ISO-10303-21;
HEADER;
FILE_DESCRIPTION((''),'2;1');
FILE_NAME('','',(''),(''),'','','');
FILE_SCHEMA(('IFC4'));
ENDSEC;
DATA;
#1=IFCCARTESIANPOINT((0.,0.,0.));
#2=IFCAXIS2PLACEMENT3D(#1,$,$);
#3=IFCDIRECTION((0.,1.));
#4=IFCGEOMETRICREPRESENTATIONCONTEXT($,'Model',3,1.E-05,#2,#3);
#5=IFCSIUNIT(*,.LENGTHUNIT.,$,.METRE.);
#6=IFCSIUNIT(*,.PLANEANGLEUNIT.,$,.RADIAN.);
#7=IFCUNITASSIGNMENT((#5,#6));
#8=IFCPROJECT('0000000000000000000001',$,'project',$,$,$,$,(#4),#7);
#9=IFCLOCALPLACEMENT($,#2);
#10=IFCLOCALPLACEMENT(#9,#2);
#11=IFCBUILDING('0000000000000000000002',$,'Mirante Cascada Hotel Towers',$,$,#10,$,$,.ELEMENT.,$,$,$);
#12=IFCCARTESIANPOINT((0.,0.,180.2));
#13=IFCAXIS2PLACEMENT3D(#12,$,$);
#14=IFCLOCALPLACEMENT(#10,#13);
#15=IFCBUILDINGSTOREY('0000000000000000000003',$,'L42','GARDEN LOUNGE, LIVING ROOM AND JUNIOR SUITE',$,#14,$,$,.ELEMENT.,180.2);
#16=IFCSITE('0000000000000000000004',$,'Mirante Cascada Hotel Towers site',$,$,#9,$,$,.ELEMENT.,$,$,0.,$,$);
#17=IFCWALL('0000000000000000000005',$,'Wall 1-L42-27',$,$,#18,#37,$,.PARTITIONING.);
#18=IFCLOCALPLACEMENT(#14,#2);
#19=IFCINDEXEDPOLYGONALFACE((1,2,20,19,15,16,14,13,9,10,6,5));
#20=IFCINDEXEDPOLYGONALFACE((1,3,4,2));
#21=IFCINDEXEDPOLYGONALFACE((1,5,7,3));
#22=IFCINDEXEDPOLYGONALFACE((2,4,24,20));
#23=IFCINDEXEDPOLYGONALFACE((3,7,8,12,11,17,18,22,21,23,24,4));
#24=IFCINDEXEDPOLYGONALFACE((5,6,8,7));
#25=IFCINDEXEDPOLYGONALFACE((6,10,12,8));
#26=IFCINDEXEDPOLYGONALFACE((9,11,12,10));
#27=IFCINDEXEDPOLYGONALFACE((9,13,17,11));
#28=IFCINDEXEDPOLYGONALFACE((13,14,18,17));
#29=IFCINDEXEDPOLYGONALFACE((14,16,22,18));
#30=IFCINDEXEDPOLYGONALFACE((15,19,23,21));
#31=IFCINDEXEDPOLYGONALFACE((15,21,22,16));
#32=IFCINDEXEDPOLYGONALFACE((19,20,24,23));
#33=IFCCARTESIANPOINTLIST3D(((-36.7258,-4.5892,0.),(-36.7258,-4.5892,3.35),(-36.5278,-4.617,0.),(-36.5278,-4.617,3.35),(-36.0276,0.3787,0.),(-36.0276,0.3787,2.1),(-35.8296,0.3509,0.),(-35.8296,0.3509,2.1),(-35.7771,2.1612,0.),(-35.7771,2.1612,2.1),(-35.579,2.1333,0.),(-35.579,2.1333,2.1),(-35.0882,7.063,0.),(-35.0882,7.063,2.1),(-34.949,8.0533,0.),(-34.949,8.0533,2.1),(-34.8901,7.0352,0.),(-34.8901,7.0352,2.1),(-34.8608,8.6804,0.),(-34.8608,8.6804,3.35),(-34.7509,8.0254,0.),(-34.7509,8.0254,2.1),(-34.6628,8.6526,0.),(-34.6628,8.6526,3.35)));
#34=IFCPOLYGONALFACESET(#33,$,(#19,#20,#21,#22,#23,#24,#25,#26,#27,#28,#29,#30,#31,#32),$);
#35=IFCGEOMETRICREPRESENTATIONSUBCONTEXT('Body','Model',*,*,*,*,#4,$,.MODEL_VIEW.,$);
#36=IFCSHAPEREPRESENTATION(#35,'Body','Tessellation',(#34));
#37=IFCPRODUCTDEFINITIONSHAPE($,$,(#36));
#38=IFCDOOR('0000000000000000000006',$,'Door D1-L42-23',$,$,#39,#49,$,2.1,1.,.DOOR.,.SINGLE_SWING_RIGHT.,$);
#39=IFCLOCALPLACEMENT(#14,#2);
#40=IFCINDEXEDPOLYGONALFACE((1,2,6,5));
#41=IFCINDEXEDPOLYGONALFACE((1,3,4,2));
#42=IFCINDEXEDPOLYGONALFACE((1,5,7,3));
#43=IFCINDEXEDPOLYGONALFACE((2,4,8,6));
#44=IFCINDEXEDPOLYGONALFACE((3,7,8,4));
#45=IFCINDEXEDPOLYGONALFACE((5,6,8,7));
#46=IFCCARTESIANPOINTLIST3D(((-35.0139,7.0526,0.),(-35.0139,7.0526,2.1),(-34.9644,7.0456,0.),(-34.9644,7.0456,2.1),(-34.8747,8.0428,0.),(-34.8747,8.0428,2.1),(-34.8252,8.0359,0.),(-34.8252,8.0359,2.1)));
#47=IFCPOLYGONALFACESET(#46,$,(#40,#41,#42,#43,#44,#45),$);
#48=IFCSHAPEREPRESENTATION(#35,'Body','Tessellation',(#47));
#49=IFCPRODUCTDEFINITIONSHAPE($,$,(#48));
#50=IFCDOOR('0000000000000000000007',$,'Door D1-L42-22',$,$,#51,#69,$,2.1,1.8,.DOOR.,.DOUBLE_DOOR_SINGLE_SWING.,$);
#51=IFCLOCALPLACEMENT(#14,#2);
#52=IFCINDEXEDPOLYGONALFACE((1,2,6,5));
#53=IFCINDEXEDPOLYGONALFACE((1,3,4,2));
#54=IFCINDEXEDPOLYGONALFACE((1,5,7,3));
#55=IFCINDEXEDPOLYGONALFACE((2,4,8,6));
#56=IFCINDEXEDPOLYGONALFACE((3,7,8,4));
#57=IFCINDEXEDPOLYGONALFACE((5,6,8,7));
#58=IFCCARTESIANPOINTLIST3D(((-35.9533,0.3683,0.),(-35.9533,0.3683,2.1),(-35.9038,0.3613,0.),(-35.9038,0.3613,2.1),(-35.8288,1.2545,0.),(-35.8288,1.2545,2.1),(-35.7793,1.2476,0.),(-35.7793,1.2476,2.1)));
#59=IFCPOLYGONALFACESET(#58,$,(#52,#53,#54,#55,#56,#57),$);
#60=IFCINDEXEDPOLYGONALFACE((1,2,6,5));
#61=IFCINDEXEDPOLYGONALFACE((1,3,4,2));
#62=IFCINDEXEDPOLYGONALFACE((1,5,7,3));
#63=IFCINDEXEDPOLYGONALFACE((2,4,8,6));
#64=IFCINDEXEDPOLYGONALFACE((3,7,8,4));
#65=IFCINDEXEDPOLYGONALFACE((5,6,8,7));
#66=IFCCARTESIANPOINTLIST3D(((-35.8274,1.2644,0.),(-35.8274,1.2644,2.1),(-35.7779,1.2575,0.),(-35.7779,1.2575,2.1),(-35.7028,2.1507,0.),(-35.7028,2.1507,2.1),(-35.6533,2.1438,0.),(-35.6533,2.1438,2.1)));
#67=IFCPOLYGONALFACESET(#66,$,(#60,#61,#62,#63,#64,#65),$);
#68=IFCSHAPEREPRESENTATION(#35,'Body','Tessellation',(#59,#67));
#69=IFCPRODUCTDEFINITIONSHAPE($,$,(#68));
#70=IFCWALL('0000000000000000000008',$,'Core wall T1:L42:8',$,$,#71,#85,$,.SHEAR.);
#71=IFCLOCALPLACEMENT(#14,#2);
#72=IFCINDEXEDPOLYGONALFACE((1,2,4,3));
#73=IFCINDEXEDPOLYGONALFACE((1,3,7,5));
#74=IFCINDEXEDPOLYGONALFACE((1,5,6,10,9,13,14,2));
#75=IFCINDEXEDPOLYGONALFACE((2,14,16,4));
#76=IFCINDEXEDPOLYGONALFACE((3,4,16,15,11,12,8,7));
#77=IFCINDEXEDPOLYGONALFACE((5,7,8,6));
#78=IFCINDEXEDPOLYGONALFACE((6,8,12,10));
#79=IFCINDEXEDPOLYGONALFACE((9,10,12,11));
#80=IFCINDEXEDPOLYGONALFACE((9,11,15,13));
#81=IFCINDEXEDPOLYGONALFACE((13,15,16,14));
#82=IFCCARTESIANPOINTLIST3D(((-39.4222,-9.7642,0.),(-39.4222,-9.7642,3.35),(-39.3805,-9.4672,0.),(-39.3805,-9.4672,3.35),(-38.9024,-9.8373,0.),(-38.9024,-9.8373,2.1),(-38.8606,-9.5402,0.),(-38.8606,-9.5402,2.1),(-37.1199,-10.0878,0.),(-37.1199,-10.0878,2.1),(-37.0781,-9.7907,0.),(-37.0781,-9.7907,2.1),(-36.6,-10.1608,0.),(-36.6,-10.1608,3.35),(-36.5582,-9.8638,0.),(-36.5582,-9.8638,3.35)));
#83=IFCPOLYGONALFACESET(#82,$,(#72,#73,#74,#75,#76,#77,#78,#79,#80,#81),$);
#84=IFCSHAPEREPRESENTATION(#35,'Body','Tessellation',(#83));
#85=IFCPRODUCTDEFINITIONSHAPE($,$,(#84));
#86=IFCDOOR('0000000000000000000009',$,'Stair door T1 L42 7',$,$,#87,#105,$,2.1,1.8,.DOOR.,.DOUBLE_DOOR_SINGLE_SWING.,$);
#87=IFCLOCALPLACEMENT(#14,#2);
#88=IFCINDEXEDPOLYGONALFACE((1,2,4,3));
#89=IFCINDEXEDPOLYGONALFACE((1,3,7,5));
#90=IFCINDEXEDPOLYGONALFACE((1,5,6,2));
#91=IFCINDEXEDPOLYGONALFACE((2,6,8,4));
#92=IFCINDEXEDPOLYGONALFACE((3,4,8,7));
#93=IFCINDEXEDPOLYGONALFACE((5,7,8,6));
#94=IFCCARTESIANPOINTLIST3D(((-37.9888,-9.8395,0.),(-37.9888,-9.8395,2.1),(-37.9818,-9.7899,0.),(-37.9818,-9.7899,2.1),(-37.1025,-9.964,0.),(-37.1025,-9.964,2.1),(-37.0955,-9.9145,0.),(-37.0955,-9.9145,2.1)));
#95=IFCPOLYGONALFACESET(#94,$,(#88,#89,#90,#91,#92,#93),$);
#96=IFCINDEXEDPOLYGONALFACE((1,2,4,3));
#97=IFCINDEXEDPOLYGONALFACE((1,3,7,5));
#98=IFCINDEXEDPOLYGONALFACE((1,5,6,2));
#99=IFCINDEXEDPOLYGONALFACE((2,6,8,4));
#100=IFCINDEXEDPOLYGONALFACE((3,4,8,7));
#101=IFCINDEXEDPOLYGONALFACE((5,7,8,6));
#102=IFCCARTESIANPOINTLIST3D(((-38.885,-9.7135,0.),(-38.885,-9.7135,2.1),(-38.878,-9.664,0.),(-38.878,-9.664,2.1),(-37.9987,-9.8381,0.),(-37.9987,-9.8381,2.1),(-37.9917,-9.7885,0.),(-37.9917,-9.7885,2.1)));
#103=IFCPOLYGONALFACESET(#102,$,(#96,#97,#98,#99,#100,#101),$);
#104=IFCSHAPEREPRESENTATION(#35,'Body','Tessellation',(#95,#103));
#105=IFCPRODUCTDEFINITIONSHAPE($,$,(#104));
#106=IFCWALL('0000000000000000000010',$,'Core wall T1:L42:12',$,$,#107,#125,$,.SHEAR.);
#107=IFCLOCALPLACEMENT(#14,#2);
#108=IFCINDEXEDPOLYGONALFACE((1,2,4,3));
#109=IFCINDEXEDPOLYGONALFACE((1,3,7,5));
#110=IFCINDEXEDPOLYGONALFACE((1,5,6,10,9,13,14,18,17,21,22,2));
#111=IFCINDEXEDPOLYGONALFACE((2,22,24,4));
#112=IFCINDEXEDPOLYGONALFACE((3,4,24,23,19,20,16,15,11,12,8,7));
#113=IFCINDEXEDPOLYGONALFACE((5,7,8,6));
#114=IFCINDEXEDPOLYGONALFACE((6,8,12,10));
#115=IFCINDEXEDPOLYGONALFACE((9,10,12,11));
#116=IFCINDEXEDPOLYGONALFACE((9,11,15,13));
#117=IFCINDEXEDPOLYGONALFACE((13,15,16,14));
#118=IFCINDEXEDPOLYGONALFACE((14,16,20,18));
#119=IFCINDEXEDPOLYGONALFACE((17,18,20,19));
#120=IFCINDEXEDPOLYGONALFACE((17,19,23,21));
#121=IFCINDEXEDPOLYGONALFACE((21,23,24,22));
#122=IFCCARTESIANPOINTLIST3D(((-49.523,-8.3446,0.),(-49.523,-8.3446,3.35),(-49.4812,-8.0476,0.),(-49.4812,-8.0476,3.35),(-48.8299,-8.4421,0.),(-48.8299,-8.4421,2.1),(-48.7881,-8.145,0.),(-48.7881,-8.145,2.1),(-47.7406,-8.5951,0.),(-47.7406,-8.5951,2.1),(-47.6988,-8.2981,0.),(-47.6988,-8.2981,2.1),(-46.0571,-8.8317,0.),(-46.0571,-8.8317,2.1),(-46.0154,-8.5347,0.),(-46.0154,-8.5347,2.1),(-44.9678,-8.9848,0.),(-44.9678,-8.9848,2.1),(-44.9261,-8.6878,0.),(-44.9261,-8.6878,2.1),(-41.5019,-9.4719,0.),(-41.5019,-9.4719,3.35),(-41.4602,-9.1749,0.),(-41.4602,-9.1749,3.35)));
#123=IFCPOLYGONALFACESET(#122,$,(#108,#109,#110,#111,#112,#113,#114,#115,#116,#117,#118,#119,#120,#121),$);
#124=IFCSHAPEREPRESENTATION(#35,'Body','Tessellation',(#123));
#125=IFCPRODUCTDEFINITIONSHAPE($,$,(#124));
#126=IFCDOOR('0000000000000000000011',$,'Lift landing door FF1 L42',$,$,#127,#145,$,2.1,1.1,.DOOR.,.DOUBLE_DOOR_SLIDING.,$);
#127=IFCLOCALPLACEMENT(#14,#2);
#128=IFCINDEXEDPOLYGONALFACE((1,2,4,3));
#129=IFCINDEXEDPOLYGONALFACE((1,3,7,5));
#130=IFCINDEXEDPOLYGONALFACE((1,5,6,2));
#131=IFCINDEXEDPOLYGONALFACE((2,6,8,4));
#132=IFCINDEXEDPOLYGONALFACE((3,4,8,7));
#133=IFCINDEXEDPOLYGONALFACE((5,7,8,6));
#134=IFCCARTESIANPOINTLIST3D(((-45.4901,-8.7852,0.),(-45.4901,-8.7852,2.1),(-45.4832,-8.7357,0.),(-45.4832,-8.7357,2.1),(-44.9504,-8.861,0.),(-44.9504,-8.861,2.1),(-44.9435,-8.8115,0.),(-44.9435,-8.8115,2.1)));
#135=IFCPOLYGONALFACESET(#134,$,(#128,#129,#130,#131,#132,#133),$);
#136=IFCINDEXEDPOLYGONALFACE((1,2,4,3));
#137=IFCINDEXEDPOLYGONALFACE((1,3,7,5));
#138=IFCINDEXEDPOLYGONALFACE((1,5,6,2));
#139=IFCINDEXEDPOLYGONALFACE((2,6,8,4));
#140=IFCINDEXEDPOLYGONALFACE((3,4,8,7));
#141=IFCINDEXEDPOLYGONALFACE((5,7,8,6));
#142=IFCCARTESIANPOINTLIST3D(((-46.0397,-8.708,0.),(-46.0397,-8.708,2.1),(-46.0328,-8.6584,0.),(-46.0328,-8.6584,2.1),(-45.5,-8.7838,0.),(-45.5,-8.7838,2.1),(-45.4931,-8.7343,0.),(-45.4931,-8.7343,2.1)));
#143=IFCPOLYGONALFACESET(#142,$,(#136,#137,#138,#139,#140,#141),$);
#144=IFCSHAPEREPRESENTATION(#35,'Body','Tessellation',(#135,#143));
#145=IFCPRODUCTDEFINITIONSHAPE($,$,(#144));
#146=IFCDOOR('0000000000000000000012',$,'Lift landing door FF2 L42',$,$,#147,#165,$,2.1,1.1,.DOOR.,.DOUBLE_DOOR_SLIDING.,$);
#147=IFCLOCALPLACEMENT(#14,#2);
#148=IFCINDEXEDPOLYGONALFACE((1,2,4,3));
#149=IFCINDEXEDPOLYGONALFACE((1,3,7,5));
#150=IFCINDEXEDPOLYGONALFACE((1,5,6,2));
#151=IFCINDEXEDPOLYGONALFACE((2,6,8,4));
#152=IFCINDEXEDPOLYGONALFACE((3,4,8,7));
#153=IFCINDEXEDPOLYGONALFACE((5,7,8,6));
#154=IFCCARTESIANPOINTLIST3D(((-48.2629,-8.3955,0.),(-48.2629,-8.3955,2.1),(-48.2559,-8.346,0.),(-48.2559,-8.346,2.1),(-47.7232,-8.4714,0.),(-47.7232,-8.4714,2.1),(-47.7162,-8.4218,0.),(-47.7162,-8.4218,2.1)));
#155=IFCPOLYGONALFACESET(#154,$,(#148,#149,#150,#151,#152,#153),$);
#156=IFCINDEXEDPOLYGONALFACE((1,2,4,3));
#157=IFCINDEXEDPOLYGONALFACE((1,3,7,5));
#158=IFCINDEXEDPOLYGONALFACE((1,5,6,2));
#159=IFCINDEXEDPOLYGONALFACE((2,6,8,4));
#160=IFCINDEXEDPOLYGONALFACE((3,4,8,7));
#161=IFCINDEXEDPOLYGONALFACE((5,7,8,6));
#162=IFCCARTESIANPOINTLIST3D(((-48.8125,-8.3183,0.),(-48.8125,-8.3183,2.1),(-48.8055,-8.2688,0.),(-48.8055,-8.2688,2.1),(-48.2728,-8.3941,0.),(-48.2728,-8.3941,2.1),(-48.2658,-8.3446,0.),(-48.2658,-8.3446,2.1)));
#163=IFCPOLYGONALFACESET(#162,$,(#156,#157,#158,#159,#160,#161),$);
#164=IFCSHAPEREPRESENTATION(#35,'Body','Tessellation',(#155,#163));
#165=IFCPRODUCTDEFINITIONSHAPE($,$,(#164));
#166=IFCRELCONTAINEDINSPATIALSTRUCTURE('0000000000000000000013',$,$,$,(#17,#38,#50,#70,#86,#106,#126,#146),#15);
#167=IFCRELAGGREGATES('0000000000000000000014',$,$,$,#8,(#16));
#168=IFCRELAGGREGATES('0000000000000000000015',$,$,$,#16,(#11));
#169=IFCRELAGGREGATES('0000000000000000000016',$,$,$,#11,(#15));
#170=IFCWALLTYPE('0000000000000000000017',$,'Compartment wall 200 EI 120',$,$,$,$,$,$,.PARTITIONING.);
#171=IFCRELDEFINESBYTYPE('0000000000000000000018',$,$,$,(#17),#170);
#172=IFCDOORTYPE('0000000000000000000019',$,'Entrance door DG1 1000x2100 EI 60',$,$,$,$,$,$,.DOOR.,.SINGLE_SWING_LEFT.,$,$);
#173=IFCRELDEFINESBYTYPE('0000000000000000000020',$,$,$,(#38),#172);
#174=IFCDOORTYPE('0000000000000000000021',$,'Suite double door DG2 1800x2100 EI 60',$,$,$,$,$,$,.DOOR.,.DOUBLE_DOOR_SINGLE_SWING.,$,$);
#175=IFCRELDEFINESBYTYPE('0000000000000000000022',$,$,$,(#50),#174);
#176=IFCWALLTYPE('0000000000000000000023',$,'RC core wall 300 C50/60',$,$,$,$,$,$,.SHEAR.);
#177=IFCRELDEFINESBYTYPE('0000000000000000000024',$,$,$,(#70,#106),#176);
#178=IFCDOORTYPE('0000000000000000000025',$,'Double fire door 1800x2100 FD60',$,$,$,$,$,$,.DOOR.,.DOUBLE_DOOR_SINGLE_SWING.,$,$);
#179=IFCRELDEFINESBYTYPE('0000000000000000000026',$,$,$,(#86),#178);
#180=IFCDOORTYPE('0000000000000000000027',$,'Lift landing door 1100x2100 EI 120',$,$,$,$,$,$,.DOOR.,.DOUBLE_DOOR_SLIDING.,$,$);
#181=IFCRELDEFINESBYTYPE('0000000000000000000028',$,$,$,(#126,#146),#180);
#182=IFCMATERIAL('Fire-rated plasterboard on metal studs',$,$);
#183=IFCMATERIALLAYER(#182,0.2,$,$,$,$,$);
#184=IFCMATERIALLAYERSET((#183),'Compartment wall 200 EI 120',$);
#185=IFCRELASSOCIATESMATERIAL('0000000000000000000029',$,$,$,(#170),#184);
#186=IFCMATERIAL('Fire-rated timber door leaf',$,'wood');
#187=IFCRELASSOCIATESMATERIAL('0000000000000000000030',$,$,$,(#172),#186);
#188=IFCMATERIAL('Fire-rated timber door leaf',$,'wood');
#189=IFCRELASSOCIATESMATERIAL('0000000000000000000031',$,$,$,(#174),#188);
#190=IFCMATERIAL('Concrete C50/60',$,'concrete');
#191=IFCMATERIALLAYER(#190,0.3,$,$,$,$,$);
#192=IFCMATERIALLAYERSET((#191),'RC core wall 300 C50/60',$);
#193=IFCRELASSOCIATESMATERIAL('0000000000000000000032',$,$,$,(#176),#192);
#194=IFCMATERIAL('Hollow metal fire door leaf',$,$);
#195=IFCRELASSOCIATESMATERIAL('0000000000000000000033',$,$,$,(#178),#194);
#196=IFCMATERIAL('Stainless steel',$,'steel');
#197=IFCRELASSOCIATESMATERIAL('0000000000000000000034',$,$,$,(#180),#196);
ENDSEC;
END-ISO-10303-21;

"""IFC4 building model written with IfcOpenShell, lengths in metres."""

from ifc_helpers import new_model, si_unit, direction, frame, frame_2d, origin, place, context, subcontext, project, spatial, rectangle, extrude, material, layer, layer_set, type_object, element, fill, save


model = new_model("IFC4")

# Units and contexts
model_context = context("Model", 3, precision=1e-05, world=origin(), true_north=direction((0.0, 1.0)))
body_context = subcontext(model_context, "Body", "Model", "MODEL_VIEW")
ifc_project = project(units=[si_unit("LENGTHUNIT", "METRE"), si_unit("PLANEANGLEUNIT", "RADIAN")], contexts=[model_context])

# Site, building, storey
site_placement = place(None, origin())
site = spatial("IfcSite", under=ifc_project, at=site_placement, Name="Mirante Cascada Hotel Towers site", CompositionType="ELEMENT", RefElevation=0.0)
building_placement = place(site_placement, origin())
building = spatial("IfcBuilding", under=site, at=building_placement, Name="Mirante Cascada Hotel Towers", CompositionType="ELEMENT")
storey_placement = place(building_placement, frame((0.0, 0.0, 180.2)))
storey = spatial("IfcBuildingStorey", under=building, at=storey_placement, Name="L42", Description="GARDEN LOUNGE, LIVING ROOM AND JUNIOR SUITE", CompositionType="ELEMENT", Elevation=180.2)

# Wall, openings, doors
ifc_material_1 = material(Name="Fire-rated plasterboard on metal studs")
ifc_layer_1 = layer(ifc_material_1, 0.2)
ifc_layer_set_1 = layer_set([ifc_layer_1], Name="Compartment wall 200 EI 120")
wall_type_1 = type_object("IfcWallType", Name="Compartment wall 200 EI 120", PredefinedType="PARTITIONING", material=ifc_layer_set_1)
wall_1_placement = place(storey_placement, frame((-36.6268, -4.6031, 0.0), z_axis=(0.0, 0.0, 1.0), x_axis=(0.139179, 0.990267, 0.0)))
wall_1 = element("IfcWall", 1, at=wall_1_placement, inside=storey, type_object=wall_type_1, Name="Wall 1-L42-27", PredefinedType="PARTITIONING", context=body_context, shape_type="SweptSolid", body=[
    extrude(rectangle(XDim=13.4, YDim=0.2, at=frame_2d((6.7, 0.0))), origin(), (0.0, 0.0, 1.0), 3.35),
])
opening_1_placement = place(wall_1_placement, frame((5.0167, 0.0, 0.0)))
opening_1 = element("IfcOpeningElement", 2, at=opening_1_placement, cuts=wall_1, PredefinedType="OPENING", context=body_context, shape_type="SweptSolid", body=[
    extrude(rectangle(XDim=1.8, YDim=2.1, at=frame_2d((0.9, 1.05))), frame((0.0, 0.1, 0.0), z_axis=(0.0, -1.0, 0.0), x_axis=(1.0, 0.0, 0.0)), (0.0, 0.0, 1.0), 0.2),
])
opening_2_placement = place(wall_1_placement, frame((11.7667, 0.0, 0.0)))
opening_2 = element("IfcOpeningElement", 3, at=opening_2_placement, cuts=wall_1, PredefinedType="OPENING", context=body_context, shape_type="SweptSolid", body=[
    extrude(rectangle(XDim=1.0, YDim=2.1, at=frame_2d((0.5, 1.05))), frame((0.0, 0.1, 0.0), z_axis=(0.0, -1.0, 0.0), x_axis=(1.0, 0.0, 0.0)), (0.0, 0.0, 1.0), 0.2),
])
ifc_material_2 = material(Name="Fire-rated timber door leaf", Category="wood")
door_type_1 = type_object("IfcDoorType", Name="Entrance door DG1 1000x2100 EI 60", OperationType="SINGLE_SWING_LEFT", PredefinedType="DOOR", material=ifc_material_2)
door_1_placement = place(opening_2_placement, frame((1.0, 0.0, 0.0), z_axis=(0.0, 0.0, 1.0), x_axis=(-1.0, 0.0, 0.0)))
door_1 = element("IfcDoor", 4, at=door_1_placement, inside=storey, type_object=door_type_1, Name="Door D1-L42-23", OperationType="SINGLE_SWING_RIGHT", OverallHeight=2.1, OverallWidth=1.0, PredefinedType="DOOR", context=body_context, shape_type="SweptSolid", body=[
    extrude(rectangle(XDim=1.0, YDim=2.1, at=frame_2d((0.5, 1.05))), frame((0.0, 0.025, 0.0), z_axis=(0.0, -1.0, 0.0), x_axis=(1.0, 0.0, 0.0)), (0.0, 0.0, 1.0), 0.05),
])
fill(opening_2, door_1)
ifc_material_3 = material(Name="Fire-rated timber door leaf", Category="wood")
door_type_2 = type_object("IfcDoorType", Name="Suite double door DG2 1800x2100 EI 60", OperationType="DOUBLE_DOOR_SINGLE_SWING", PredefinedType="DOOR", material=ifc_material_3)
door_2_placement = place(opening_1_placement, origin())
door_2 = element("IfcDoor", 5, at=door_2_placement, inside=storey, type_object=door_type_2, Name="Door D1-L42-22", OperationType="DOUBLE_DOOR_SINGLE_SWING", OverallHeight=2.1, OverallWidth=1.8, PredefinedType="DOOR", context=body_context, shape_type="SweptSolid", body=[
    extrude(rectangle(XDim=0.895, YDim=2.1, at=frame_2d((0.4475, 1.05))), frame((0.0, 0.025, 0.0), z_axis=(0.0, -1.0, 0.0), x_axis=(1.0, 0.0, 0.0)), (0.0, 0.0, 1.0), 0.05),
    extrude(rectangle(XDim=0.895, YDim=2.1, at=frame_2d((1.3525, 1.05))), frame((0.0, 0.025, 0.0), z_axis=(0.0, -1.0, 0.0), x_axis=(1.0, 0.0, 0.0)), (0.0, 0.0, 1.0), 0.05),
])
fill(opening_1, door_2)

# Wall, opening, door
ifc_material_4 = material(Name="Concrete C50/60", Category="concrete")
ifc_layer_2 = layer(ifc_material_4, 0.3)
ifc_layer_set_2 = layer_set([ifc_layer_2], Name="RC core wall 300 C50/60")
wall_type_2 = type_object("IfcWallType", Name="RC core wall 300 C50/60", PredefinedType="SHEAR", material=ifc_layer_set_2)
wall_2_placement = place(storey_placement, frame((-36.5791, -10.0123, 0.0), z_axis=(0.0, 0.0, 1.0), x_axis=(-0.99027, 0.139156, 0.0)))
wall_2 = element("IfcWall", 6, at=wall_2_placement, inside=storey, type_object=wall_type_2, Name="Core wall T1:L42:8", PredefinedType="SHEAR", context=body_context, shape_type="SweptSolid", body=[
    extrude(rectangle(XDim=2.85, YDim=0.3, at=frame_2d((1.425, 0.0))), origin(), (0.0, 0.0, 1.0), 3.35),
])
opening_3_placement = place(wall_2_placement, frame((0.525, 0.0, 0.0)))
opening_3 = element("IfcOpeningElement", 7, at=opening_3_placement, cuts=wall_2, PredefinedType="OPENING", context=body_context, shape_type="SweptSolid", body=[
    extrude(rectangle(XDim=1.8, YDim=2.1, at=frame_2d((0.9, 1.05))), frame((0.0, 0.15, 0.0), z_axis=(0.0, -1.0, 0.0), x_axis=(1.0, 0.0, 0.0)), (0.0, 0.0, 1.0), 0.3),
])
ifc_material_5 = material(Name="Hollow metal fire door leaf")
door_type_3 = type_object("IfcDoorType", Name="Double fire door 1800x2100 FD60", OperationType="DOUBLE_DOOR_SINGLE_SWING", PredefinedType="DOOR", material=ifc_material_5)
door_3_placement = place(opening_3_placement, origin())
door_3 = element("IfcDoor", 8, at=door_3_placement, inside=storey, type_object=door_type_3, Name="Stair door T1 L42 7", OperationType="DOUBLE_DOOR_SINGLE_SWING", OverallHeight=2.1, OverallWidth=1.8, PredefinedType="DOOR", context=body_context, shape_type="SweptSolid", body=[
    extrude(rectangle(XDim=0.895, YDim=2.1, at=frame_2d((0.4475, 1.05))), frame((0.0, 0.025, 0.0), z_axis=(0.0, -1.0, 0.0), x_axis=(1.0, 0.0, 0.0)), (0.0, 0.0, 1.0), 0.05),
    extrude(rectangle(XDim=0.895, YDim=2.1, at=frame_2d((1.3525, 1.05))), frame((0.0, 0.025, 0.0), z_axis=(0.0, -1.0, 0.0), x_axis=(1.0, 0.0, 0.0)), (0.0, 0.0, 1.0), 0.05),
])
fill(opening_3, door_3)

# Wall, openings, doors
wall_3_placement = place(storey_placement, frame((-41.481, -9.3234, 0.0), z_axis=(0.0, 0.0, 1.0), x_axis=(-0.990268, 0.139174, 0.0)))
wall_3 = element("IfcWall", 9, at=wall_3_placement, inside=storey, type_object=wall_type_2, Name="Core wall T1:L42:12", PredefinedType="SHEAR", context=body_context, shape_type="SweptSolid", body=[
    extrude(rectangle(XDim=8.0999, YDim=0.3, at=frame_2d((4.05, 0.0))), origin(), (0.0, 0.0, 1.0), 3.35),
])
opening_4_placement = place(wall_3_placement, frame((3.5, 0.0, 0.0)))
opening_4 = element("IfcOpeningElement", 10, at=opening_4_placement, cuts=wall_3, PredefinedType="OPENING", context=body_context, shape_type="SweptSolid", body=[
    extrude(rectangle(XDim=1.1, YDim=2.1, at=frame_2d((0.55, 1.05))), frame((0.0, 0.15, 0.0), z_axis=(0.0, -1.0, 0.0), x_axis=(1.0, 0.0, 0.0)), (0.0, 0.0, 1.0), 0.3),
])
opening_5_placement = place(wall_3_placement, frame((6.3, 0.0, 0.0)))
opening_5 = element("IfcOpeningElement", 11, at=opening_5_placement, cuts=wall_3, PredefinedType="OPENING", context=body_context, shape_type="SweptSolid", body=[
    extrude(rectangle(XDim=1.1, YDim=2.1, at=frame_2d((0.55, 1.05))), frame((0.0, 0.15, 0.0), z_axis=(0.0, -1.0, 0.0), x_axis=(1.0, 0.0, 0.0)), (0.0, 0.0, 1.0), 0.3),
])
ifc_material_6 = material(Name="Stainless steel", Category="steel")
door_type_4 = type_object("IfcDoorType", Name="Lift landing door 1100x2100 EI 120", OperationType="DOUBLE_DOOR_SLIDING", PredefinedType="DOOR", material=ifc_material_6)
door_4_placement = place(opening_4_placement, origin())
door_4 = element("IfcDoor", 12, at=door_4_placement, inside=storey, type_object=door_type_4, Name="Lift landing door FF1 L42", OperationType="DOUBLE_DOOR_SLIDING", OverallHeight=2.1, OverallWidth=1.1, PredefinedType="DOOR", context=body_context, shape_type="SweptSolid", body=[
    extrude(rectangle(XDim=0.545, YDim=2.1, at=frame_2d((0.2725, 1.05))), frame((0.0, 0.025, 0.0), z_axis=(0.0, -1.0, 0.0), x_axis=(1.0, 0.0, 0.0)), (0.0, 0.0, 1.0), 0.05),
    extrude(rectangle(XDim=0.545, YDim=2.1, at=frame_2d((0.8275, 1.05))), frame((0.0, 0.025, 0.0), z_axis=(0.0, -1.0, 0.0), x_axis=(1.0, 0.0, 0.0)), (0.0, 0.0, 1.0), 0.05),
])
fill(opening_4, door_4)
door_5_placement = place(opening_5_placement, origin())
door_5 = element("IfcDoor", 13, at=door_5_placement, inside=storey, type_object=door_type_4, Name="Lift landing door FF2 L42", OperationType="DOUBLE_DOOR_SLIDING", OverallHeight=2.1, OverallWidth=1.1, PredefinedType="DOOR", context=body_context, shape_type="SweptSolid", body=[
    extrude(rectangle(XDim=0.545, YDim=2.1, at=frame_2d((0.2725, 1.05))), frame((0.0, 0.025, 0.0), z_axis=(0.0, -1.0, 0.0), x_axis=(1.0, 0.0, 0.0)), (0.0, 0.0, 1.0), 0.05),
    extrude(rectangle(XDim=0.545, YDim=2.1, at=frame_2d((0.8275, 1.05))), frame((0.0, 0.025, 0.0), z_axis=(0.0, -1.0, 0.0), x_axis=(1.0, 0.0, 0.0)), (0.0, 0.0, 1.0), 0.05),
])
fill(opening_5, door_5)

save(model, "model.ifc")
